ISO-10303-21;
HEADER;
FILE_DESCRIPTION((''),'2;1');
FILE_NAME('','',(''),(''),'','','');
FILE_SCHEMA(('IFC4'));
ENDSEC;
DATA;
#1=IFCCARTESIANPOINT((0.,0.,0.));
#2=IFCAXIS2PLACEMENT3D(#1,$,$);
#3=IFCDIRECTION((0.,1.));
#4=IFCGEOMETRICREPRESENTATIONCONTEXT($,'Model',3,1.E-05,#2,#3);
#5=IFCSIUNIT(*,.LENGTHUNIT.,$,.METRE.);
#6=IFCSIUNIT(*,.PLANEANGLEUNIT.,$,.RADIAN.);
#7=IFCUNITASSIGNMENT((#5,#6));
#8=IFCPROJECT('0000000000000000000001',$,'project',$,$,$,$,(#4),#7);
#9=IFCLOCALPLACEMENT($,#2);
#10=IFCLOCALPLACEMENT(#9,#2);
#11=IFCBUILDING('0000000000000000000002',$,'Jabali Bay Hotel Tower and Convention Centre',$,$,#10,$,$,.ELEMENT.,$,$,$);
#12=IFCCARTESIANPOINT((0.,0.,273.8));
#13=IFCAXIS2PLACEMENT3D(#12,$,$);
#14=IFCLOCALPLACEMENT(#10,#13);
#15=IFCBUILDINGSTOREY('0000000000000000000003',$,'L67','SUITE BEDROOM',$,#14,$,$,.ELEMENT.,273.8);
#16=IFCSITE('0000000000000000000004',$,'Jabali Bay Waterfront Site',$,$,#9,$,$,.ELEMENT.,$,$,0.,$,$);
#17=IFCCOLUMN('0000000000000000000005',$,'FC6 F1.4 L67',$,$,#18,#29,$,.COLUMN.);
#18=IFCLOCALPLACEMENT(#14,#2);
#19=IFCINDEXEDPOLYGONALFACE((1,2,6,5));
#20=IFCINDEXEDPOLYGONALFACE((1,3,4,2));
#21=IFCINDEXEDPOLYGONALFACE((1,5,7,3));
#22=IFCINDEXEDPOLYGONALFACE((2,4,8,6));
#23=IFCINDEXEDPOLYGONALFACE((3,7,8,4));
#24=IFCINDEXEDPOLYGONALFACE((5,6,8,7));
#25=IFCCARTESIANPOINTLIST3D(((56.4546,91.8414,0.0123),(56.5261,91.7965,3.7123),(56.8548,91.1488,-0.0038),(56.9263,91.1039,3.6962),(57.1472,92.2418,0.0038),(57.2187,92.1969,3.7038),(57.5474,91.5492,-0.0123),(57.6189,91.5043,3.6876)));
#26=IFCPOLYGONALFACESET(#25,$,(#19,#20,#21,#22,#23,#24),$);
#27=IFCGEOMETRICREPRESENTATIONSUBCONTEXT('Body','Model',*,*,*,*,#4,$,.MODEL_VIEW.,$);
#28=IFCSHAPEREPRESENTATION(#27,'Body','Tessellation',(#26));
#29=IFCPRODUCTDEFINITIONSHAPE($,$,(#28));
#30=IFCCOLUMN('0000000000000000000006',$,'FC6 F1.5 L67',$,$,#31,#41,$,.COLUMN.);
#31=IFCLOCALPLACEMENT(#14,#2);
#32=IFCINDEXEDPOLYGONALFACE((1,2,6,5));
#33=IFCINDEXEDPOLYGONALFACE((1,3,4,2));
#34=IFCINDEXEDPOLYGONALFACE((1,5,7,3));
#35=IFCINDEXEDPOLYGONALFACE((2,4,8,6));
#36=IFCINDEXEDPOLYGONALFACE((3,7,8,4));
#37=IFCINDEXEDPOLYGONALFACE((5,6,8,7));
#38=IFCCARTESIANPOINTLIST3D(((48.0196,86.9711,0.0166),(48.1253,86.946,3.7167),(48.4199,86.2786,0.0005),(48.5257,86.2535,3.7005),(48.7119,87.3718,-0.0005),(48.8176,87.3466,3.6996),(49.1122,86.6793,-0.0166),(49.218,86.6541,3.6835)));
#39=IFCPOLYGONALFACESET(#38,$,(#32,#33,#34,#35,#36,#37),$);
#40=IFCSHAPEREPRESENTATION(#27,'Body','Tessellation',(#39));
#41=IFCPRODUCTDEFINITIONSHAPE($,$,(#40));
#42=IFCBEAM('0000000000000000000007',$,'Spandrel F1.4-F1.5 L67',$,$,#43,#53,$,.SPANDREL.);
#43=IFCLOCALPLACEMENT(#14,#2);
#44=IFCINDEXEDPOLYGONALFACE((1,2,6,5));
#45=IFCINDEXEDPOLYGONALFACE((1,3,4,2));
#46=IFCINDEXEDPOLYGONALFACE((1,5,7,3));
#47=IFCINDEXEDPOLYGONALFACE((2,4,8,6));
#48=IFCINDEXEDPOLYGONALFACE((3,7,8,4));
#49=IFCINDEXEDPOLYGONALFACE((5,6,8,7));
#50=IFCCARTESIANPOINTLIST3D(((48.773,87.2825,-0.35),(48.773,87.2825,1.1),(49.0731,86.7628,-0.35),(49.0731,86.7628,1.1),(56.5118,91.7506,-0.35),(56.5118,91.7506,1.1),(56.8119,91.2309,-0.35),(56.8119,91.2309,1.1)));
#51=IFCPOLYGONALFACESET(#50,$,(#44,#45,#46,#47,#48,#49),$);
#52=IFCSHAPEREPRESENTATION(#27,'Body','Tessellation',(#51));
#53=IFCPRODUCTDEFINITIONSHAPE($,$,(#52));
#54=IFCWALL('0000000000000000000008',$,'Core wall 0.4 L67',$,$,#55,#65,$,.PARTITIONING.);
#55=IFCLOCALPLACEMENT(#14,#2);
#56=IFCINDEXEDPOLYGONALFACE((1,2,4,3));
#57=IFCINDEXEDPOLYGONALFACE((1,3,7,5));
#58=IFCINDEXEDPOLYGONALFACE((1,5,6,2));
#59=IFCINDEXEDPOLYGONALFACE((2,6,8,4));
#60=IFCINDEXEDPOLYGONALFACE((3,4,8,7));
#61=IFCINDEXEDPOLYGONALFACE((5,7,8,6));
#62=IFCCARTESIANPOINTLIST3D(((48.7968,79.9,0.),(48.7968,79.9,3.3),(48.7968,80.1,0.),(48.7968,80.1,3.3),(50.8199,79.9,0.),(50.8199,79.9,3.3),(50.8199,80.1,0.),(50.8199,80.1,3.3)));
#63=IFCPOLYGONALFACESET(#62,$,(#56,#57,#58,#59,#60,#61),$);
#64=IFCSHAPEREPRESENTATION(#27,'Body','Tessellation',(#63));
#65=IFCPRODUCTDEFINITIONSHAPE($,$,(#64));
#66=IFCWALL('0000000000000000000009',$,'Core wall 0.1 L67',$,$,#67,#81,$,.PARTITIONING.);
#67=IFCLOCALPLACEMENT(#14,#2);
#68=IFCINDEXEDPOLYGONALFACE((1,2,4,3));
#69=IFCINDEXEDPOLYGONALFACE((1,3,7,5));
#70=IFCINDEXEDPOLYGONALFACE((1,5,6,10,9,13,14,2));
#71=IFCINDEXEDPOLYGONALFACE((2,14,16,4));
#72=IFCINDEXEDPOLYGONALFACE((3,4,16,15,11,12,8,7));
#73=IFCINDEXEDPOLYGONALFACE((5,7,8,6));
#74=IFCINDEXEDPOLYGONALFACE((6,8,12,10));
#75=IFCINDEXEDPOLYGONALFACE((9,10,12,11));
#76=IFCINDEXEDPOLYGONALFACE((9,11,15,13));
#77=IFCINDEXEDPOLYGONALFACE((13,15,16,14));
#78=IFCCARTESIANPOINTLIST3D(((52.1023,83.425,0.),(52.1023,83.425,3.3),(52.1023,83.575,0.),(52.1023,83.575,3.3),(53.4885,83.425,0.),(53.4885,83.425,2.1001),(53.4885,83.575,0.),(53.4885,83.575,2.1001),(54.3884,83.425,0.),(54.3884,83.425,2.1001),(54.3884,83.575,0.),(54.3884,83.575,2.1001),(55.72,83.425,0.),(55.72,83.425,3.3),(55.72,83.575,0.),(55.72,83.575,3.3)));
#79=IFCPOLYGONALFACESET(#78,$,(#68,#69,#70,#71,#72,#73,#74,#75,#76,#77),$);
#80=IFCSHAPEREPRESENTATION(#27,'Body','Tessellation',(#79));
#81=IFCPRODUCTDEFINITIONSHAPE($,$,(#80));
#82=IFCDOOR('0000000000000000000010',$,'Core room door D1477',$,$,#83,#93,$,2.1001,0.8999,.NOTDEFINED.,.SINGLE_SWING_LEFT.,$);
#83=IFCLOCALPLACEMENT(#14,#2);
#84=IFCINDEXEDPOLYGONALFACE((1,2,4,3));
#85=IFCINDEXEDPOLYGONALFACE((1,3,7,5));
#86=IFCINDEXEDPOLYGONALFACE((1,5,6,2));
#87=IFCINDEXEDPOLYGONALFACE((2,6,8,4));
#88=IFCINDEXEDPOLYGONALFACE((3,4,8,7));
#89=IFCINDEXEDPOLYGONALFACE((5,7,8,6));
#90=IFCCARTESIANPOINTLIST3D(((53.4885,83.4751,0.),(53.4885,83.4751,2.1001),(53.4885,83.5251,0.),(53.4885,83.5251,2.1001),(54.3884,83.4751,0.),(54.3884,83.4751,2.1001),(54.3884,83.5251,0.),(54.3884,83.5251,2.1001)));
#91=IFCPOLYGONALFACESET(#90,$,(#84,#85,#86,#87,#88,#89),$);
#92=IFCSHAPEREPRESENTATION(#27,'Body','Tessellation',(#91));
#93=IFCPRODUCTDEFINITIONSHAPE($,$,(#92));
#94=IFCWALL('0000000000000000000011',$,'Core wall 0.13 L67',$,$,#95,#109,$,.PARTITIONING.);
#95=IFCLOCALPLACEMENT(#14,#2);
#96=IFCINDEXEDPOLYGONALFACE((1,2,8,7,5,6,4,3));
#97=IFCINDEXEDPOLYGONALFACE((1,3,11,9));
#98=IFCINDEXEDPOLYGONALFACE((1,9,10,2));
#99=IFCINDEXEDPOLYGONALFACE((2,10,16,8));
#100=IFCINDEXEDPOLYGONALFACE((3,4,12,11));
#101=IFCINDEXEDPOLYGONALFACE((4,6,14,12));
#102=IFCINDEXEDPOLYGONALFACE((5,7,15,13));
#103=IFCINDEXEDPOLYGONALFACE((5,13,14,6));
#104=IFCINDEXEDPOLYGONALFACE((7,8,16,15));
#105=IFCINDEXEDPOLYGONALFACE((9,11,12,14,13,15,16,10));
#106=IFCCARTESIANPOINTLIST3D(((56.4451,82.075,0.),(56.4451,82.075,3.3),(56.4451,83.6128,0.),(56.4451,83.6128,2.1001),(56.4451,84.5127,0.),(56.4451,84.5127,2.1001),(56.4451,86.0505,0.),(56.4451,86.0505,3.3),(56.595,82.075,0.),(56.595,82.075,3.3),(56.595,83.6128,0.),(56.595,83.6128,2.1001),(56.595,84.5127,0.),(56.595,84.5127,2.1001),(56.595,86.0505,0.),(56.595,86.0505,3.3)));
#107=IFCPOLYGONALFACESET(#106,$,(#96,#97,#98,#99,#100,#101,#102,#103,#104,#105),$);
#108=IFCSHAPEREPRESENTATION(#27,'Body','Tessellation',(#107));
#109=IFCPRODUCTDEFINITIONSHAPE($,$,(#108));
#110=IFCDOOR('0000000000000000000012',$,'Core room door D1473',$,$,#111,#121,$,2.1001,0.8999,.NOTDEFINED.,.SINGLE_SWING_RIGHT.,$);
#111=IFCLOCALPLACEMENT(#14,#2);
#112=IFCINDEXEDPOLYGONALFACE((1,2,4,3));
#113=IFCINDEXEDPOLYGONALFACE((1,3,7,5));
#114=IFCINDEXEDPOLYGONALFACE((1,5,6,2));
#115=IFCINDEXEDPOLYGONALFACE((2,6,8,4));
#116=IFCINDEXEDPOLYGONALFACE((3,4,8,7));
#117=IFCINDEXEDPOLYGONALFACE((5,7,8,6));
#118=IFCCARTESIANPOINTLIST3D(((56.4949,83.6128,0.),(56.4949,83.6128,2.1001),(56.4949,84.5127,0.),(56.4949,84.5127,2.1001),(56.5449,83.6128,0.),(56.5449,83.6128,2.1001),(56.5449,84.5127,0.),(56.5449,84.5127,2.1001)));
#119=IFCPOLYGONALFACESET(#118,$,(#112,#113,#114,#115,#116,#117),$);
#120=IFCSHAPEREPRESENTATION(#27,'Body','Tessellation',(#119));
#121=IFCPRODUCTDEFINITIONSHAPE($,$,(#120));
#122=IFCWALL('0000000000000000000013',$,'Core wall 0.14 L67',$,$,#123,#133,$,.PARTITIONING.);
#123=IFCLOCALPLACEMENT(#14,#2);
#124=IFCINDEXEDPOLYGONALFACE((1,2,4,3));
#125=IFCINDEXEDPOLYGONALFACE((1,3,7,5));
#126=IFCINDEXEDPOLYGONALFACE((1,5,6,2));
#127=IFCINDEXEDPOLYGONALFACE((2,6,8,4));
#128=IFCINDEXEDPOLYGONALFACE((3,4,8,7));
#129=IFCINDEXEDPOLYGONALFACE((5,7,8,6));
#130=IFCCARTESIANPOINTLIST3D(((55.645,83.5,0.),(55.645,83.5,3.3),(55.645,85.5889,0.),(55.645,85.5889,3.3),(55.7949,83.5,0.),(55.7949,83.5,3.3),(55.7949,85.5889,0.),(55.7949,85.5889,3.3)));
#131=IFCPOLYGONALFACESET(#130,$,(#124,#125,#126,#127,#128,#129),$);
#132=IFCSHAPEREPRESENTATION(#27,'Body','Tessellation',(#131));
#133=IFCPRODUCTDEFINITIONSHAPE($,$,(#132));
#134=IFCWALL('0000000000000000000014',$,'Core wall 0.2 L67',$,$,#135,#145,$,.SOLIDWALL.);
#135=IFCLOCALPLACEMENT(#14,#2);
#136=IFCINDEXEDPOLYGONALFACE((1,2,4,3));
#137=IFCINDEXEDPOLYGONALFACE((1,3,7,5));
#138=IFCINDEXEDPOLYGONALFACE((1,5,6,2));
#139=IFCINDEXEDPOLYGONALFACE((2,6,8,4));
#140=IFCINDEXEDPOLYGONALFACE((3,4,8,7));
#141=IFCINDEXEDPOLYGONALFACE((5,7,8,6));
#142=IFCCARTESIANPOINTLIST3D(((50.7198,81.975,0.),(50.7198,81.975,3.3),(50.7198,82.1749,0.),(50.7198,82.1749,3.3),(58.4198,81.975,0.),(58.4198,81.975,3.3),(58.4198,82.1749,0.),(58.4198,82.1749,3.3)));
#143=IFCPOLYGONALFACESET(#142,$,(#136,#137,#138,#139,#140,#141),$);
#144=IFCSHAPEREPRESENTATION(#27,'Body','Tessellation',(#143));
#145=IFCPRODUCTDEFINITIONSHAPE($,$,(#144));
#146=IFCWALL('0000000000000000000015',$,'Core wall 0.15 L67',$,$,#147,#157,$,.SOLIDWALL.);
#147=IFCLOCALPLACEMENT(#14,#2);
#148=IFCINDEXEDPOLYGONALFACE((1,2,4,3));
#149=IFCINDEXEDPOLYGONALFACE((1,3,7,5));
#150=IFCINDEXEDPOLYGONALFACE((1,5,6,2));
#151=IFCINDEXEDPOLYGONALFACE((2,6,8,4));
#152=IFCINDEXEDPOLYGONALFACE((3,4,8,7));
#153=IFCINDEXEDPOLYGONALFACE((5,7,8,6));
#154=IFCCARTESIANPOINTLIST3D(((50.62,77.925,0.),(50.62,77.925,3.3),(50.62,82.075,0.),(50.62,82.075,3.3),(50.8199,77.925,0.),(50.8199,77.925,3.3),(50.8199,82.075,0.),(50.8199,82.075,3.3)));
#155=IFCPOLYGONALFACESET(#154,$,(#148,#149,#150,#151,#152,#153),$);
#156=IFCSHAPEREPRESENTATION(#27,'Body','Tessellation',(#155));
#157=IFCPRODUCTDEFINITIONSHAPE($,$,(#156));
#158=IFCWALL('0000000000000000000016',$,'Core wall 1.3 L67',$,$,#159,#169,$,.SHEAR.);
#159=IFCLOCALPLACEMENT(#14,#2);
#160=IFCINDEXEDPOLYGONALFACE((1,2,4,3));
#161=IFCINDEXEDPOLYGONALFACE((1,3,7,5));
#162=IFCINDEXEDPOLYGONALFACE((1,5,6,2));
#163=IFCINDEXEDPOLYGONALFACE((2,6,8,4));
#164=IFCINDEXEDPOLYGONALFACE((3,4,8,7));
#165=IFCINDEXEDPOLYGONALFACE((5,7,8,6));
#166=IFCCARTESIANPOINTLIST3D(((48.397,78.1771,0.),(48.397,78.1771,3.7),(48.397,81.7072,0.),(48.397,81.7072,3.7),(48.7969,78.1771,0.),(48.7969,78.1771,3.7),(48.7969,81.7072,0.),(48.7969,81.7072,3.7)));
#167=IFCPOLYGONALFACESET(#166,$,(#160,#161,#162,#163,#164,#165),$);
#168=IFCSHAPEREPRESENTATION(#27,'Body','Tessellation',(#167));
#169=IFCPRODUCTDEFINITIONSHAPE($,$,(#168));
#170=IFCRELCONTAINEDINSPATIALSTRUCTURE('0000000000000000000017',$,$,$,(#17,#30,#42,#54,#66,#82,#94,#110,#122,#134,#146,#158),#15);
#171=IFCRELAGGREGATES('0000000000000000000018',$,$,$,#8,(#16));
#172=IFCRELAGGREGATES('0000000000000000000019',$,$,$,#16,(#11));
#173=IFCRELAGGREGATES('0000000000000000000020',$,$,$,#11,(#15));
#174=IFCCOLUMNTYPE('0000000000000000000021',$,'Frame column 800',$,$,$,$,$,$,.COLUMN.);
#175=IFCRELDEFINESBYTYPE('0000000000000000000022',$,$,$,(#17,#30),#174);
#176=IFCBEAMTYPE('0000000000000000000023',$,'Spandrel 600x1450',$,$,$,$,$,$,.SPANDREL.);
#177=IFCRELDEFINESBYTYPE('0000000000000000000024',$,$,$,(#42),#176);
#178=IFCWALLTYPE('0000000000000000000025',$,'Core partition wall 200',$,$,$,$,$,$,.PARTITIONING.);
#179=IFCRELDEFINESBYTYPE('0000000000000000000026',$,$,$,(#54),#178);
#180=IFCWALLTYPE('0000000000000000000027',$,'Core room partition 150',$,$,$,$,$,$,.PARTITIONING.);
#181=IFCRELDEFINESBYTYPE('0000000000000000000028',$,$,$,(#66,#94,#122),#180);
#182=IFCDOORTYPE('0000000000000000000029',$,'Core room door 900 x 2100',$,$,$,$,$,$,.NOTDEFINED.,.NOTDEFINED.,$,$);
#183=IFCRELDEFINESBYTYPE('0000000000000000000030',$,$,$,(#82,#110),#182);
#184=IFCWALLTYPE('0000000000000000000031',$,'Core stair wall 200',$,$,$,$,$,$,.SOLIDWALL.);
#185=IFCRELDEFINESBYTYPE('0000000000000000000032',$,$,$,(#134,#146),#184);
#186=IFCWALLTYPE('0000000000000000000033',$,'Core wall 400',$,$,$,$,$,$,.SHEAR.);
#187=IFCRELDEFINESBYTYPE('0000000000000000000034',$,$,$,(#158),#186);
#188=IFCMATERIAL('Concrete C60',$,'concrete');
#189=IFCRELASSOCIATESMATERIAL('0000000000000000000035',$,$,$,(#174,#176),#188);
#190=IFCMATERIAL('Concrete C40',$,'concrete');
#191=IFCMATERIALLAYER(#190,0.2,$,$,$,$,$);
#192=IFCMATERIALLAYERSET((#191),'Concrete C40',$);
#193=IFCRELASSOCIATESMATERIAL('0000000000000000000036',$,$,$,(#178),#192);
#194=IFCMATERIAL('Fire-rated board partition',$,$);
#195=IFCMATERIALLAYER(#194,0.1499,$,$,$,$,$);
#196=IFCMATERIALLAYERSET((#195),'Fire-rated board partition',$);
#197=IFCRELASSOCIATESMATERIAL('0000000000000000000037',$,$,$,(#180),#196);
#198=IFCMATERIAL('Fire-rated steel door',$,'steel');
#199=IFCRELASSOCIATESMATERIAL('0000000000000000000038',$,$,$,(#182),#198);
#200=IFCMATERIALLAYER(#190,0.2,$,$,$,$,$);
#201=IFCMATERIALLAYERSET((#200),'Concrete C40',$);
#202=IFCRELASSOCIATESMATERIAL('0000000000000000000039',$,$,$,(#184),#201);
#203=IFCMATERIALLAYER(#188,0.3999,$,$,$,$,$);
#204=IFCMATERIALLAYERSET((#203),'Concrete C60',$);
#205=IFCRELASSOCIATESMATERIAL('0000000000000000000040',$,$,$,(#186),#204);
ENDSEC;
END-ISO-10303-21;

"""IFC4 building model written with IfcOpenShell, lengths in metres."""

from ifc_helpers import new_model, si_unit, direction, frame, frame_2d, origin, origin_2d, place, context, subcontext, project, spatial, rectangle, extrude, material, layer, layer_set, material_profile, profile_set, type_object, element, fill, save


model = new_model("IFC4")

# Units and contexts
model_context = context("Model", 3, precision=1e-05, world=origin(), true_north=direction((0.0, 1.0)))
body_context = subcontext(model_context, "Body", "Model", "MODEL_VIEW")
ifc_project = project(units=[si_unit("LENGTHUNIT", "METRE"), si_unit("PLANEANGLEUNIT", "RADIAN")], contexts=[model_context])

# Site, building, storey
site_placement = place(None, origin())
site = spatial("IfcSite", under=ifc_project, at=site_placement, Name="Jabali Bay Waterfront Site", CompositionType="ELEMENT", RefElevation=0.0)
building_placement = place(site_placement, origin())
building = spatial("IfcBuilding", under=site, at=building_placement, Name="Jabali Bay Hotel Tower and Convention Centre", CompositionType="ELEMENT")
storey_placement = place(building_placement, frame((0.0, 0.0, 273.8)))
storey = spatial("IfcBuildingStorey", under=building, at=storey_placement, Name="L67", Description="SUITE BEDROOM", CompositionType="ELEMENT", Elevation=273.8)

# Columns
ifc_material_1 = material(Name="Concrete C60", Category="concrete")
ifc_material_profile_1 = material_profile(ifc_material_1, rectangle(XDim=0.8, YDim=0.8, at=origin_2d()), Name="Frame column 800")
ifc_profile_set_1 = profile_set([ifc_material_profile_1], Name="Concrete C60")
column_type = type_object("IfcColumnType", Name="Frame column 800", PredefinedType="COLUMN", material=ifc_profile_set_1)
column_1_placement = place(storey_placement, frame((57.001, 91.6953, 0.0), z_axis=(0.019329, -0.012138, 0.99974), x_axis=(-0.500209, 0.86567, 0.020181)))
element("IfcColumn", 1, at=column_1_placement, inside=storey, type_object=column_type, Name="FC6 F1.4 L67", PredefinedType="COLUMN", context=body_context, shape_type="SweptSolid", body=[
    extrude(rectangle(XDim=0.8, YDim=0.8, at=origin_2d()), origin(), (0.0, 0.0, 1.0), 3.7009),
])
column_2_placement = place(storey_placement, frame((48.5659, 86.8252, 0.0), z_axis=(0.028559, -0.006794, 0.999569), x_axis=(-0.500408, 0.865555, 0.02018)))
element("IfcColumn", 2, at=column_2_placement, inside=storey, type_object=column_type, Name="FC6 F1.5 L67", PredefinedType="COLUMN", context=body_context, shape_type="SweptSolid", body=[
    extrude(rectangle(XDim=0.8, YDim=0.8, at=origin_2d()), origin(), (0.0, 0.0, 1.0), 3.7017),
])

# Beam
ifc_material_profile_2 = material_profile(ifc_material_1, rectangle(XDim=0.6001, YDim=1.45, at=origin_2d()), Name="Spandrel 600x1450")
ifc_profile_set_2 = profile_set([ifc_material_profile_2], Name="Concrete C60")
beam_type = type_object("IfcBeamType", Name="Spandrel 600x1450", PredefinedType="SPANDREL", material=ifc_profile_set_2)
beam_placement = place(storey_placement, frame((56.6619, 91.4907, 0.375), z_axis=(-0.866024, -0.500003, 0.0), x_axis=(0.500003, -0.866024, 0.0)))
element("IfcBeam", 3, at=beam_placement, inside=storey, type_object=beam_type, Name="Spandrel F1.4-F1.5 L67", PredefinedType="SPANDREL", context=body_context, shape_type="SweptSolid", body=[
    extrude(rectangle(XDim=0.6001, YDim=1.45, at=origin_2d()), origin(), (0.0, 0.0, 1.0), 8.936),
])

# Wall
ifc_material_2 = material(Name="Concrete C40", Category="concrete")
ifc_layer_1 = layer(ifc_material_2, 0.2)
ifc_layer_set_1 = layer_set([ifc_layer_1], Name="Concrete C40")
wall_type_1 = type_object("IfcWallType", Name="Core partition wall 200", PredefinedType="PARTITIONING", material=ifc_layer_set_1)
wall_1_placement = place(storey_placement, frame((50.8201, 80.0, 0.0), z_axis=(0.0, 0.0, 1.0), x_axis=(-1.0, 0.0, 0.0)))
element("IfcWall", 4, at=wall_1_placement, inside=storey, type_object=wall_type_1, Name="Core wall 0.4 L67", PredefinedType="PARTITIONING", context=body_context, shape_type="SweptSolid", body=[
    extrude(rectangle(XDim=2.0232, YDim=0.2, at=frame_2d((1.0117, 0.0))), origin(), (0.0, 0.0, 1.0), 3.3),
])

# Walls, openings, doors
ifc_material_3 = material(Name="Fire-rated board partition")
ifc_layer_2 = layer(ifc_material_3, 0.1499)
ifc_layer_set_2 = layer_set([ifc_layer_2], Name="Fire-rated board partition")
wall_type_2 = type_object("IfcWallType", Name="Core room partition 150", PredefinedType="PARTITIONING", material=ifc_layer_set_2)
wall_2_placement = place(storey_placement, frame((55.72, 83.5, 0.0), z_axis=(0.0, 0.0, 1.0), x_axis=(-1.0, 0.0, 0.0)))
wall_2 = element("IfcWall", 5, at=wall_2_placement, inside=storey, type_object=wall_type_2, Name="Core wall 0.1 L67", PredefinedType="PARTITIONING", context=body_context, shape_type="SweptSolid", body=[
    extrude(rectangle(XDim=3.6177, YDim=0.1499, at=frame_2d((1.8088, 0.0))), origin(), (0.0, 0.0, 1.0), 3.3),
])
opening_1_placement = place(wall_2_placement, frame((1.3315, 0.0, 0.0)))
opening_1 = element("IfcOpeningElement", 6, at=opening_1_placement, cuts=wall_2, PredefinedType="OPENING", context=body_context, shape_type="SweptSolid", body=[
    extrude(rectangle(XDim=0.8999, YDim=2.1001, at=frame_2d((0.45, 1.05))), frame((0.0, 0.0854, 0.0), z_axis=(0.0, -1.0, 0.0), x_axis=(1.0, 0.0, 0.0)), (0.0, 0.0, 1.0), 0.1709),
])
ifc_material_4 = material(Name="Fire-rated steel door", Category="steel")
door_type = type_object("IfcDoorType", Name="Core room door 900 x 2100", OperationType="NOTDEFINED", PredefinedType="NOTDEFINED", material=ifc_material_4)
door_1_placement = place(opening_1_placement, origin())
door_1 = element("IfcDoor", 7, at=door_1_placement, inside=storey, type_object=door_type, Name="Core room door D1477", OperationType="SINGLE_SWING_LEFT", OverallHeight=2.1001, OverallWidth=0.8999, PredefinedType="NOTDEFINED", context=body_context, shape_type="SweptSolid", body=[
    extrude(rectangle(XDim=0.8999, YDim=2.1001, at=frame_2d((0.45, 1.05))), frame((0.0, 0.0249, 0.0), z_axis=(0.0, -1.0, 0.0), x_axis=(1.0, 0.0, 0.0)), (0.0, 0.0, 1.0), 0.05),
])
fill(opening_1, door_1)
wall_3_placement = place(storey_placement, frame((56.52, 86.0505, 0.0), z_axis=(0.0, 0.0, 1.0), x_axis=(0.0, -1.0, 0.0)))
wall_3 = element("IfcWall", 8, at=wall_3_placement, inside=storey, type_object=wall_type_2, Name="Core wall 0.13 L67", PredefinedType="PARTITIONING", context=body_context, shape_type="SweptSolid", body=[
    extrude(rectangle(XDim=3.9756, YDim=0.1499, at=frame_2d((1.9878, 0.0))), origin(), (0.0, 0.0, 1.0), 3.3),
])
opening_2_placement = place(wall_3_placement, frame((1.5378, 0.0, 0.0)))
opening_2 = element("IfcOpeningElement", 9, at=opening_2_placement, cuts=wall_3, PredefinedType="OPENING", context=body_context, shape_type="SweptSolid", body=[
    extrude(rectangle(XDim=0.8999, YDim=2.1001, at=frame_2d((0.45, 1.05))), frame((0.0, 0.0854, 0.0), z_axis=(0.0, -1.0, 0.0), x_axis=(1.0, 0.0, 0.0)), (0.0, 0.0, 1.0), 0.1709),
])
door_2_placement = place(opening_2_placement, origin())
door_2 = element("IfcDoor", 10, at=door_2_placement, inside=storey, type_object=door_type, Name="Core room door D1473", OperationType="SINGLE_SWING_RIGHT", OverallHeight=2.1001, OverallWidth=0.8999, PredefinedType="NOTDEFINED", context=body_context, shape_type="SweptSolid", body=[
    extrude(rectangle(XDim=0.8999, YDim=2.1001, at=frame_2d((0.45, 1.05))), frame((0.0, 0.0249, 0.0), z_axis=(0.0, -1.0, 0.0), x_axis=(1.0, 0.0, 0.0)), (0.0, 0.0, 1.0), 0.05),
])
fill(opening_2, door_2)

# Walls
wall_4_placement = place(storey_placement, frame((55.72, 85.5889, 0.0), z_axis=(0.0, 0.0, 1.0), x_axis=(0.0, -1.0, 0.0)))
element("IfcWall", 11, at=wall_4_placement, inside=storey, type_object=wall_type_2, Name="Core wall 0.14 L67", PredefinedType="PARTITIONING", context=body_context, shape_type="SweptSolid", body=[
    extrude(rectangle(XDim=2.0889, YDim=0.1499, at=frame_2d((1.0444, 0.0))), origin(), (0.0, 0.0, 1.0), 3.3),
])
ifc_layer_3 = layer(ifc_material_2, 0.2)
ifc_layer_set_3 = layer_set([ifc_layer_3], Name="Concrete C40")
wall_type_3 = type_object("IfcWallType", Name="Core stair wall 200", PredefinedType="SOLIDWALL", material=ifc_layer_set_3)
wall_5_placement = place(storey_placement, frame((58.4199, 82.075, 0.0), z_axis=(0.0, 0.0, 1.0), x_axis=(-1.0, 0.0, 0.0)))
element("IfcWall", 12, at=wall_5_placement, inside=storey, type_object=wall_type_3, Name="Core wall 0.2 L67", PredefinedType="SOLIDWALL", context=body_context, shape_type="SweptSolid", body=[
    extrude(rectangle(XDim=7.7, YDim=0.2, at=frame_2d((3.8501, 0.0))), origin(), (0.0, 0.0, 1.0), 3.3),
])
wall_6_placement = place(storey_placement, frame((50.72, 82.075, 0.0), z_axis=(0.0, 0.0, 1.0), x_axis=(0.0, -1.0, 0.0)))
element("IfcWall", 13, at=wall_6_placement, inside=storey, type_object=wall_type_3, Name="Core wall 0.15 L67", PredefinedType="SOLIDWALL", context=body_context, shape_type="SweptSolid", body=[
    extrude(rectangle(XDim=4.1499, YDim=0.2, at=frame_2d((2.075, 0.0))), origin(), (0.0, 0.0, 1.0), 3.3),
])
ifc_layer_4 = layer(ifc_material_1, 0.3999)
ifc_layer_set_4 = layer_set([ifc_layer_4], Name="Concrete C60")
wall_type_4 = type_object("IfcWallType", Name="Core wall 400", PredefinedType="SHEAR", material=ifc_layer_set_4)
wall_7_placement = place(storey_placement, frame((48.5969, 81.7073, 0.0), z_axis=(0.0, 0.0, 1.0), x_axis=(0.0, -1.0, 0.0)))
element("IfcWall", 14, at=wall_7_placement, inside=storey, type_object=wall_type_4, Name="Core wall 1.3 L67", PredefinedType="SHEAR", context=body_context, shape_type="SweptSolid", body=[
    extrude(rectangle(XDim=3.53, YDim=0.3999, at=frame_2d((1.7651, 0.0))), origin(), (0.0, 0.0, 1.0), 3.7),
])

save(model, "model.ifc")
